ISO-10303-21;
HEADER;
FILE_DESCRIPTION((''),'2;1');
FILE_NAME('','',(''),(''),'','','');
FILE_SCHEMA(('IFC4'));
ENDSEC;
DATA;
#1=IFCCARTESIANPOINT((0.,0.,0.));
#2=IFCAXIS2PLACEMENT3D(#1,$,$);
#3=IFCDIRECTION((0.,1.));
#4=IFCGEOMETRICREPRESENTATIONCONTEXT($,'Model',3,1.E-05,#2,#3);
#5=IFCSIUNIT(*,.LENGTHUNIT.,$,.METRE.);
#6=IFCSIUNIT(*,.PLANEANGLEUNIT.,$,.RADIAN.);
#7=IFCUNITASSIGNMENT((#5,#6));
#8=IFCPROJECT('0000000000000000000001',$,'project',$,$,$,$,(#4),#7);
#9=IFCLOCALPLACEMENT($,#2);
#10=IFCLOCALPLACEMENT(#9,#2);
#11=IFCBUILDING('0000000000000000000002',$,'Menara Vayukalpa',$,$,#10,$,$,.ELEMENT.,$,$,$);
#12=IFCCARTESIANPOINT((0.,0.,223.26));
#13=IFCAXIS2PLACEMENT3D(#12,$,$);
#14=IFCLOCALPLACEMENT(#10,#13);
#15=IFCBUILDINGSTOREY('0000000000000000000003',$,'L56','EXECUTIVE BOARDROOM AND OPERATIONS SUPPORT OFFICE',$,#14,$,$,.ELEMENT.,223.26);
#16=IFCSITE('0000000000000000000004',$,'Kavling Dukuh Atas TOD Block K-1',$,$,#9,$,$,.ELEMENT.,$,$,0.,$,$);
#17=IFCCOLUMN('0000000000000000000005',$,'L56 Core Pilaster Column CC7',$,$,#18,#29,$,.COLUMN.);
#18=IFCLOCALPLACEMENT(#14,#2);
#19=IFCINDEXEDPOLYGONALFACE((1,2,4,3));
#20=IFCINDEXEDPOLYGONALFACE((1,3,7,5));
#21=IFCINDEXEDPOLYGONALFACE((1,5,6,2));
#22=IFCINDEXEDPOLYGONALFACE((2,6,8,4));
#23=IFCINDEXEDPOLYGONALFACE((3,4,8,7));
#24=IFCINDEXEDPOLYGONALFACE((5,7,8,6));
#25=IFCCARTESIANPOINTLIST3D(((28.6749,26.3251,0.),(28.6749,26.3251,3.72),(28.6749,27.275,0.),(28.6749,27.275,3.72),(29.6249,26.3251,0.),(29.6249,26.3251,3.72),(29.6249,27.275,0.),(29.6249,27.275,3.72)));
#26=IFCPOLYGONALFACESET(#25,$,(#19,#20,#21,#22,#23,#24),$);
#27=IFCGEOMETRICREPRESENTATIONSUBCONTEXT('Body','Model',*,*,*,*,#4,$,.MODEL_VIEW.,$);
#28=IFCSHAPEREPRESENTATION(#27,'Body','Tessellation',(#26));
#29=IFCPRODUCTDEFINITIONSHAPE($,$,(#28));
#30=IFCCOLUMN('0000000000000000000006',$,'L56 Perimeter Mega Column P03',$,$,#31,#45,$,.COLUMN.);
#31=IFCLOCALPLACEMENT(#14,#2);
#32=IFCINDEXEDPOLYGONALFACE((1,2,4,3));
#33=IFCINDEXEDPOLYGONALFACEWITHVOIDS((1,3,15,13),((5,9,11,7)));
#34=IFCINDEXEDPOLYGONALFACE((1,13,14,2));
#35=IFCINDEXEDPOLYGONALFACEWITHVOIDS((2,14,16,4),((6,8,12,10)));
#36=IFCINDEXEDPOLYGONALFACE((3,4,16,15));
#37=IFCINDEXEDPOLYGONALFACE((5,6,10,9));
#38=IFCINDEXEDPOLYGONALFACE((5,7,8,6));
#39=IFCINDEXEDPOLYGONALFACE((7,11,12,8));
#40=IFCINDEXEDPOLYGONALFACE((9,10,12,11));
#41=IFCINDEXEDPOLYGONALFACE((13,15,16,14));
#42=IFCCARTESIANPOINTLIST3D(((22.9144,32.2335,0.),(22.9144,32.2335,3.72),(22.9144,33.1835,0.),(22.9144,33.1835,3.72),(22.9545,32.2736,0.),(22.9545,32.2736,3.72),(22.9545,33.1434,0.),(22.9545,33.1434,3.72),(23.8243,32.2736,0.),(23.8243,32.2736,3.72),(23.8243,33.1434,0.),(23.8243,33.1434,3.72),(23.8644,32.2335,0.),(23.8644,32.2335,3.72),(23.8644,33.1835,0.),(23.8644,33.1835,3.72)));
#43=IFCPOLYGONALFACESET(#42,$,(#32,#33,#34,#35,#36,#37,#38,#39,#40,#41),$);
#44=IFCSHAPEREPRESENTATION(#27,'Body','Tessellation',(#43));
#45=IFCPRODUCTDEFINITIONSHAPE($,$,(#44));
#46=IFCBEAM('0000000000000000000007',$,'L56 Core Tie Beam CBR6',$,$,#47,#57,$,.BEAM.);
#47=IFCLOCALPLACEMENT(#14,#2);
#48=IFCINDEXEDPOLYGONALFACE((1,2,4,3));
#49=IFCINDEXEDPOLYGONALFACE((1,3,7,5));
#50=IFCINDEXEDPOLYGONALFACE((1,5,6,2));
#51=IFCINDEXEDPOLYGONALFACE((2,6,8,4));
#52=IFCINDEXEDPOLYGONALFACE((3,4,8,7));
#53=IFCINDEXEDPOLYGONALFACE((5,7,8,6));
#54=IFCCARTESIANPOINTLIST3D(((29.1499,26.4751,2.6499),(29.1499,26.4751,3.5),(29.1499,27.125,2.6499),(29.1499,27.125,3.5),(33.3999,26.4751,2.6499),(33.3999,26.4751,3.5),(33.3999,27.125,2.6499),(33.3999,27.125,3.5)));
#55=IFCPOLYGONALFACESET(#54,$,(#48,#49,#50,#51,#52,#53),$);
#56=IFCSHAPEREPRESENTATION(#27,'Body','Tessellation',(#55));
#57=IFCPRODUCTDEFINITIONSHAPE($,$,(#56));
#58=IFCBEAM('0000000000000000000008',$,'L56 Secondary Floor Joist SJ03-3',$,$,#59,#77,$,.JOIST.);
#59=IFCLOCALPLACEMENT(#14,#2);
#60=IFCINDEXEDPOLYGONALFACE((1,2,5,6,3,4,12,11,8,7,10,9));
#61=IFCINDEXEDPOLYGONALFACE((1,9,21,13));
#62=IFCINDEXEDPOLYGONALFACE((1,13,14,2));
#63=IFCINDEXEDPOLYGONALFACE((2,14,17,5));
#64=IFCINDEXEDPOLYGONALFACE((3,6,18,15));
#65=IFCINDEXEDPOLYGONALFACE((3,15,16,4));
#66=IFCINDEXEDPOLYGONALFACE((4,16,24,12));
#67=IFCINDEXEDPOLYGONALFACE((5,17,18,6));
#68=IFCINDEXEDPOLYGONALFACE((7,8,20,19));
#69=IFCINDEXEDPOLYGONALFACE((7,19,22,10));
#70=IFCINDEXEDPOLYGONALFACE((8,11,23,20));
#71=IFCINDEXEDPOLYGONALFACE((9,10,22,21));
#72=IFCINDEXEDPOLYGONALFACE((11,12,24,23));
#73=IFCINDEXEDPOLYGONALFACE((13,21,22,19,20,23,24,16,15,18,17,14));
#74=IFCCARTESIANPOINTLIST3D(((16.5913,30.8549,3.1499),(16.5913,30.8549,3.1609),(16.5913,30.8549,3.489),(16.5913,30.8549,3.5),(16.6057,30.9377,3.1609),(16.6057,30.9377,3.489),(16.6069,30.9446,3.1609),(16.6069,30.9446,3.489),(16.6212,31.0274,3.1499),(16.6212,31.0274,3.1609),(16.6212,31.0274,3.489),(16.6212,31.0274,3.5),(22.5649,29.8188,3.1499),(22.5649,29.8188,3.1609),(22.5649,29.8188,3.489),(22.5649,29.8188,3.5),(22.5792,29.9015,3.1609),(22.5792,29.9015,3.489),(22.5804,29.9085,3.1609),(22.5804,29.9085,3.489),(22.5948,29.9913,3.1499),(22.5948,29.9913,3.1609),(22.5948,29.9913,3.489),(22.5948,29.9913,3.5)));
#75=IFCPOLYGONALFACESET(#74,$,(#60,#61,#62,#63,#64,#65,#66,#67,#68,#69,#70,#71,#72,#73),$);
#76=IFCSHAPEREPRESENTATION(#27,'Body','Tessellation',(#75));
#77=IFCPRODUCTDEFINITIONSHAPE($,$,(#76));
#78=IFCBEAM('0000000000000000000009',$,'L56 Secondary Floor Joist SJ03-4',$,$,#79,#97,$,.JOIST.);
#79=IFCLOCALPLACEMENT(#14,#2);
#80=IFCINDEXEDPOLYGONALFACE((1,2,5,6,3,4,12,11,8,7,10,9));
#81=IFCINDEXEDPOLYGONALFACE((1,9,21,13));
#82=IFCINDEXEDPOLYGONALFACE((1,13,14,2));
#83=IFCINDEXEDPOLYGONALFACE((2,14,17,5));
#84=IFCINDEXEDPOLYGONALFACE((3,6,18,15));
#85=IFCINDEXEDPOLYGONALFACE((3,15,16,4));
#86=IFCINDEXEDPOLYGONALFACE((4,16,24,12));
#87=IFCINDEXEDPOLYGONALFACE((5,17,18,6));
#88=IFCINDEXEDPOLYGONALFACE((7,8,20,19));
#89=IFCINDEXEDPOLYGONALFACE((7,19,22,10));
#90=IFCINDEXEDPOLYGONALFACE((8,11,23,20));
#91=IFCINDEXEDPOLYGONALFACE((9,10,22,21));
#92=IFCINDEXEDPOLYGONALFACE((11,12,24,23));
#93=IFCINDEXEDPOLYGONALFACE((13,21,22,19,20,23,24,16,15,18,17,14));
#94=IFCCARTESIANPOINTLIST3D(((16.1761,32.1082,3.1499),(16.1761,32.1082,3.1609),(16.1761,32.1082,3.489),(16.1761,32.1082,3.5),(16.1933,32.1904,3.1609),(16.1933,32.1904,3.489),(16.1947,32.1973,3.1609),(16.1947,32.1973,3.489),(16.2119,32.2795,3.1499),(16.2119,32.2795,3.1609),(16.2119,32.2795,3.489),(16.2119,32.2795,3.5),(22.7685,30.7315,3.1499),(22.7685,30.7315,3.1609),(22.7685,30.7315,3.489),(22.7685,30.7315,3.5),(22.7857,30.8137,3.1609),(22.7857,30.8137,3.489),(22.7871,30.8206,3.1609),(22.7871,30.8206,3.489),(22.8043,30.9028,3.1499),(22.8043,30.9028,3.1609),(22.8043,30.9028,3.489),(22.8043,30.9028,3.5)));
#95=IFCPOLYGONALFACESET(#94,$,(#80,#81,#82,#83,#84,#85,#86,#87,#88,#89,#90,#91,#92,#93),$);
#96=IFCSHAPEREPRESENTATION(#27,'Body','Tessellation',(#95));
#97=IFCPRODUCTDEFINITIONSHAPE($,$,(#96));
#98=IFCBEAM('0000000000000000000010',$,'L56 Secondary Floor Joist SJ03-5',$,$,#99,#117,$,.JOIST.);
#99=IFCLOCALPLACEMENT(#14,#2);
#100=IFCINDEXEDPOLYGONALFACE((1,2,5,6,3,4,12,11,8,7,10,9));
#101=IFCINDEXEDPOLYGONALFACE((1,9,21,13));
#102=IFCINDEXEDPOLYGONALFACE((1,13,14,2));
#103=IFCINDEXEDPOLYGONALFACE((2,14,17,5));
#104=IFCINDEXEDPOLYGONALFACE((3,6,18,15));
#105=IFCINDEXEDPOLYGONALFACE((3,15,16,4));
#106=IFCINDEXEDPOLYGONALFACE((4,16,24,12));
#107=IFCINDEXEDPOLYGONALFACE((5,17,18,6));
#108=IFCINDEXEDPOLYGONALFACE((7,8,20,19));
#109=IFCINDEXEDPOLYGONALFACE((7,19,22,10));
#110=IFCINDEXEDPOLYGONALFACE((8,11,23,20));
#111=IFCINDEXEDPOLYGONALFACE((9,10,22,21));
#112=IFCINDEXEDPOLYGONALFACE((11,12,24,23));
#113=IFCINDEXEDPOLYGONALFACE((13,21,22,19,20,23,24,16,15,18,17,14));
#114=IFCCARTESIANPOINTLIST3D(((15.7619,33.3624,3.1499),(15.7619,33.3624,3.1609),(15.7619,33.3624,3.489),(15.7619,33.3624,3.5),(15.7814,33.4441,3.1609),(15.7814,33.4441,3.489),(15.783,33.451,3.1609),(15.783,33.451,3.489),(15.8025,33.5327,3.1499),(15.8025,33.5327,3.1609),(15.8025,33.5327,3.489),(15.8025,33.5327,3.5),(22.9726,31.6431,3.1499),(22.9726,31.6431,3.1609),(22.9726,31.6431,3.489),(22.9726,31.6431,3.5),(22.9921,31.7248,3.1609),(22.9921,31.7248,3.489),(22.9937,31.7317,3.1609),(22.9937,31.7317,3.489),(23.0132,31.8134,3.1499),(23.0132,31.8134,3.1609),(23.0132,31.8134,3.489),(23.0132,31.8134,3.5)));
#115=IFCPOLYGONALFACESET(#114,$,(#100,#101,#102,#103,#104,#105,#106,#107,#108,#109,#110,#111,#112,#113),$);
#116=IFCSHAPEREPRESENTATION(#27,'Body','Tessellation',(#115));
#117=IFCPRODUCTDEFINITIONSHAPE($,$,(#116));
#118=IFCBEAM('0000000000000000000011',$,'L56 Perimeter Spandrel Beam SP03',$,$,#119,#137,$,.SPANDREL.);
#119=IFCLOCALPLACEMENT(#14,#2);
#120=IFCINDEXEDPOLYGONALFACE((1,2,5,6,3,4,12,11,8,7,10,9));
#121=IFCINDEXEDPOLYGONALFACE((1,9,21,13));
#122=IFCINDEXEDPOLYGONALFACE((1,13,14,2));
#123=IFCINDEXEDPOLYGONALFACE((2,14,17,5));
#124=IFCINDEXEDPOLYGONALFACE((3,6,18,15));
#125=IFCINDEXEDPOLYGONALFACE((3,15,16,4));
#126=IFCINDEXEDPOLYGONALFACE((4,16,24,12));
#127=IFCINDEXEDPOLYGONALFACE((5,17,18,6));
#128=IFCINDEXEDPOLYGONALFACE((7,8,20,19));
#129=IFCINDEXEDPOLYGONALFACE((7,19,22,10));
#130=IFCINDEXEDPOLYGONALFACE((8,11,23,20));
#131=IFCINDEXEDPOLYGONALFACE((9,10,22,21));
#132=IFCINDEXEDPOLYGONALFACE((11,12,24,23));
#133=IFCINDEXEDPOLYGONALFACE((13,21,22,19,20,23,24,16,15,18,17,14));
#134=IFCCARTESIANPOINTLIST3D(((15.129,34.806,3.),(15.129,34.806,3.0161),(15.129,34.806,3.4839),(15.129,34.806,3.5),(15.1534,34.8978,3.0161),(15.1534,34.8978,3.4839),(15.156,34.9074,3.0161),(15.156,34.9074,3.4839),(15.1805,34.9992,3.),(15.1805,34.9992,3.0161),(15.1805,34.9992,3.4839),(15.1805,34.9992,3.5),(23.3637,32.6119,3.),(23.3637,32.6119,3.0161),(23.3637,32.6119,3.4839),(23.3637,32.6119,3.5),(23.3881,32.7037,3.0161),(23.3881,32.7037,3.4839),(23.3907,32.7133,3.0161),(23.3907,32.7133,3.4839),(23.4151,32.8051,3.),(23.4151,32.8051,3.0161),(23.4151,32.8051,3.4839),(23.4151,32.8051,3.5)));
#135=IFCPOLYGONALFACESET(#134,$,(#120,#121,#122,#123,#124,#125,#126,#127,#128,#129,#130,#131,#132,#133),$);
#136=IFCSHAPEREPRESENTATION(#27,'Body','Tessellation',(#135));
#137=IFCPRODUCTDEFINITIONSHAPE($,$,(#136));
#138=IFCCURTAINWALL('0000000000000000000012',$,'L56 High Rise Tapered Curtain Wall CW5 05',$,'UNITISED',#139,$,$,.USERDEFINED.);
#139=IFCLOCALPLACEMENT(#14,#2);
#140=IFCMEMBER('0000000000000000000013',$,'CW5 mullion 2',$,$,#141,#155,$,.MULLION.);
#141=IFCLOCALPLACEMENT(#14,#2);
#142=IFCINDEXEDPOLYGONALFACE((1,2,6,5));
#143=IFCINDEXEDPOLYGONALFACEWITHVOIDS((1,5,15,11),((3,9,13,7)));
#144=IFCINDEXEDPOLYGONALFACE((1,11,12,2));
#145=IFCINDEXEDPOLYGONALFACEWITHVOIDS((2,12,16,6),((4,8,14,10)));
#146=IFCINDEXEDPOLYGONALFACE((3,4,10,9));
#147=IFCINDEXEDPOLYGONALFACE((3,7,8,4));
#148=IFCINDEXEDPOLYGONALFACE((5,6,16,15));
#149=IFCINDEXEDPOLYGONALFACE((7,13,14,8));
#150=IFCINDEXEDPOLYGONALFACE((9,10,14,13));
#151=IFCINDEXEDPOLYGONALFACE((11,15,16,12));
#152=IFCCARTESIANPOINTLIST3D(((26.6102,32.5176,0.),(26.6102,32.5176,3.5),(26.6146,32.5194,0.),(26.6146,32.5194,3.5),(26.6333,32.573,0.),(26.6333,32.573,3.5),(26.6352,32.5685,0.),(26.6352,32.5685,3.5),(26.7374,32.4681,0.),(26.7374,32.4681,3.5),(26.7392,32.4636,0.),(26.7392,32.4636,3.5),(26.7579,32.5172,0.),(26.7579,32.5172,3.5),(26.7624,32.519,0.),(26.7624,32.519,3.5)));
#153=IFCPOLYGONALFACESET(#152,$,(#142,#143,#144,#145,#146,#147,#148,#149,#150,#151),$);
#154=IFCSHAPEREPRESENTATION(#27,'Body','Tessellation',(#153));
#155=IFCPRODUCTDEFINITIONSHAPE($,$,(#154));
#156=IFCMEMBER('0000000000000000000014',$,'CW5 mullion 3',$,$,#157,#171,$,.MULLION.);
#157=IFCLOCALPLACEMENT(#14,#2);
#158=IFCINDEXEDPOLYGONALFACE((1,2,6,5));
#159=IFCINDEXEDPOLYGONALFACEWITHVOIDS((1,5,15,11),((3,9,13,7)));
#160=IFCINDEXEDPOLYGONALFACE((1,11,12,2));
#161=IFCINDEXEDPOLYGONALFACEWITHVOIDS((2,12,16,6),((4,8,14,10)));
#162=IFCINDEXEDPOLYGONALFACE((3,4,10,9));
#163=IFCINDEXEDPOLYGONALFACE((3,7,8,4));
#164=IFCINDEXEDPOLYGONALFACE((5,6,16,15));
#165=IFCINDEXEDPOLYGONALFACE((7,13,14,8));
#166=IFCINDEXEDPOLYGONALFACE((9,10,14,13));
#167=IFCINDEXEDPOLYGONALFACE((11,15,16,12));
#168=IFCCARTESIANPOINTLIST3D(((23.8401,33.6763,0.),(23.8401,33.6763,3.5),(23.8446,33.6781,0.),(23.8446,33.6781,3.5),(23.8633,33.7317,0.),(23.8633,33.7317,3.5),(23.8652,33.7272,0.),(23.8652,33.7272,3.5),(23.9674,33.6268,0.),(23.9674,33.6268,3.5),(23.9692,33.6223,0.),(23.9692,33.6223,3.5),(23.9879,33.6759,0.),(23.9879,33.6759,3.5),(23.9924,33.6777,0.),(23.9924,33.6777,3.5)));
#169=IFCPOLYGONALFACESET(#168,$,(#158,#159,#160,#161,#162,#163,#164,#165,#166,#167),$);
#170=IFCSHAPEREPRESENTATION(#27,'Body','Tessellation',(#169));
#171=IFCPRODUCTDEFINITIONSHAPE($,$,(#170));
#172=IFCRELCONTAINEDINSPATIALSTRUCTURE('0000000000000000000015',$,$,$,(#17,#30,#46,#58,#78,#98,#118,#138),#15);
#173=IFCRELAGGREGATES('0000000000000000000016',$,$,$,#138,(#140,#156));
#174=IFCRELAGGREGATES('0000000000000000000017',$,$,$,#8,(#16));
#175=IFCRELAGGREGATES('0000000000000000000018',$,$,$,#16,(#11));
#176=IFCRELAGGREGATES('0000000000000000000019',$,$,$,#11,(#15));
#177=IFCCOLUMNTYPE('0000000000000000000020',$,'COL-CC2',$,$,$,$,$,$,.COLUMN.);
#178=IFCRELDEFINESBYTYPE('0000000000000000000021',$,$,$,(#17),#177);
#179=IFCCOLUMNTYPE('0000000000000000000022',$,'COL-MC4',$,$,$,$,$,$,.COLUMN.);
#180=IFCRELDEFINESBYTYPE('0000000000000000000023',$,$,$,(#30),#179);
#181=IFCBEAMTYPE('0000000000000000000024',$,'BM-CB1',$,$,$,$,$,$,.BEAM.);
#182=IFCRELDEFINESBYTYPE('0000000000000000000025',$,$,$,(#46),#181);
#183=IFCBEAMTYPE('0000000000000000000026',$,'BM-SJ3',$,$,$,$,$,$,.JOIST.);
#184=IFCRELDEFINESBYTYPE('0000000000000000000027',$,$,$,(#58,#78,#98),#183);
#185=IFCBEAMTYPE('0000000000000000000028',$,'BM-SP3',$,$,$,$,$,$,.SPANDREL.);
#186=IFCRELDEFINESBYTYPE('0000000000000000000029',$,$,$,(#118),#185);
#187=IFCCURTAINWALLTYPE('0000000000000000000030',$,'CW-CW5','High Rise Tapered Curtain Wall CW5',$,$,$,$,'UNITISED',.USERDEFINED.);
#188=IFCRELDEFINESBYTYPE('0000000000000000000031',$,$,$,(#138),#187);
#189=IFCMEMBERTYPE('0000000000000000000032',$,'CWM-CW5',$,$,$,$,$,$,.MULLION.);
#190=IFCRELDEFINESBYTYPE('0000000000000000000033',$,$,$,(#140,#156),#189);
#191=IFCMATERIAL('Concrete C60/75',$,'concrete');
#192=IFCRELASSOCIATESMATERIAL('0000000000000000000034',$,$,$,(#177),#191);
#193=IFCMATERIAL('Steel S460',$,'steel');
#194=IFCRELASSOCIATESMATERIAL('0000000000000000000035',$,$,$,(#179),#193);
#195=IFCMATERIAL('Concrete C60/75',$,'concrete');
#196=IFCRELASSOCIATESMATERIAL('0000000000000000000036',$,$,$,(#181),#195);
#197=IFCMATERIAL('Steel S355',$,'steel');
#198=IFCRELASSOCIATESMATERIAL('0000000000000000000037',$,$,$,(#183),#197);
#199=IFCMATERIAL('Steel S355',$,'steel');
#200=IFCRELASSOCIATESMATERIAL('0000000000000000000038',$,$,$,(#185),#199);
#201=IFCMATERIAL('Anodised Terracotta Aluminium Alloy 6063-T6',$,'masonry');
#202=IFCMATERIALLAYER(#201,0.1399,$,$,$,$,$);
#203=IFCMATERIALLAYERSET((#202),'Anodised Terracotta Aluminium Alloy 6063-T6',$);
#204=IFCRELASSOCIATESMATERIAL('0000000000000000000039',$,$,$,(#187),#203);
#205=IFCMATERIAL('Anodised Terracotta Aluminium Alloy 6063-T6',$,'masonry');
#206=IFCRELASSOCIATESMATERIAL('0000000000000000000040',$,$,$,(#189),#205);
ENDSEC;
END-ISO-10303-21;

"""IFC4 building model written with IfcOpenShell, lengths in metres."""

from ifc_helpers import new_model, si_unit, direction, frame, origin, origin_2d, place, context, subcontext, project, spatial, rectangle, hollow_rectangle, i_section, extrude, material, layer, layer_set, material_profile, profile_set, type_object, element, aggregate, save


model = new_model("IFC4")

# Units and contexts
model_context = context("Model", 3, precision=1e-05, world=origin(), true_north=direction((0.0, 1.0)))
body_context = subcontext(model_context, "Body", "Model", "MODEL_VIEW")
ifc_project = project(units=[si_unit("LENGTHUNIT", "METRE"), si_unit("PLANEANGLEUNIT", "RADIAN")], contexts=[model_context])

# Site, building, storey
site_placement = place(None, origin())
site = spatial("IfcSite", under=ifc_project, at=site_placement, Name="Kavling Dukuh Atas TOD Block K-1", CompositionType="ELEMENT", RefElevation=0.0)
building_placement = place(site_placement, origin())
building = spatial("IfcBuilding", under=site, at=building_placement, Name="Menara Vayukalpa", CompositionType="ELEMENT")
storey_placement = place(building_placement, frame((0.0, 0.0, 223.26)))
storey = spatial("IfcBuildingStorey", under=building, at=storey_placement, Name="L56", Description="EXECUTIVE BOARDROOM AND OPERATIONS SUPPORT OFFICE", CompositionType="ELEMENT", Elevation=223.26)

# Columns
ifc_material_1 = material(Name="Concrete C60/75", Category="concrete")
ifc_material_profile_1 = material_profile(ifc_material_1, rectangle(XDim=0.95, YDim=0.95, at=origin_2d()), Name="RC 950x950")
ifc_profile_set_1 = profile_set([ifc_material_profile_1], Name="Concrete C60/75")
column_type_1 = type_object("IfcColumnType", Name="COL-CC2", PredefinedType="COLUMN", material=ifc_profile_set_1)
column_1_placement = place(storey_placement, frame((29.1499, 26.8, 0.0), z_axis=(0.0, 0.0, 1.0), x_axis=(1.0, 0.0, 0.0)))
element("IfcColumn", 1, at=column_1_placement, inside=storey, type_object=column_type_1, Name="L56 Core Pilaster Column CC7", PredefinedType="COLUMN", context=body_context, shape_type="SweptSolid", body=[
    extrude(rectangle(XDim=0.95, YDim=0.95, at=origin_2d()), origin(), (0.0, 0.0, 1.0), 3.72),
])
ifc_material_2 = material(Name="Steel S460", Category="steel")
ifc_material_profile_2 = material_profile(ifc_material_2, hollow_rectangle(XDim=0.95, YDim=0.95, WallThickness=0.04, at=origin_2d()), Name="BOX 950x950x40")
ifc_profile_set_2 = profile_set([ifc_material_profile_2], Name="Steel S460")
column_type_2 = type_object("IfcColumnType", Name="COL-MC4", PredefinedType="COLUMN", material=ifc_profile_set_2)
column_2_placement = place(storey_placement, frame((23.3894, 32.7085, 0.0), z_axis=(0.0, 0.0, 1.0), x_axis=(1.0, 0.0, 0.0)))
element("IfcColumn", 2, at=column_2_placement, inside=storey, type_object=column_type_2, Name="L56 Perimeter Mega Column P03", PredefinedType="COLUMN", context=body_context, shape_type="SweptSolid", body=[
    extrude(hollow_rectangle(XDim=0.95, YDim=0.95, WallThickness=0.04, at=origin_2d()), origin(), (0.0, 0.0, 1.0), 3.72),
])

# Beams
ifc_material_3 = material(Name="Concrete C60/75", Category="concrete")
ifc_material_profile_3 = material_profile(ifc_material_3, rectangle(XDim=0.6499, YDim=0.8501, at=origin_2d()), Name="RC 650x850")
ifc_profile_set_3 = profile_set([ifc_material_profile_3], Name="Concrete C60/75")
beam_type_1 = type_object("IfcBeamType", Name="BM-CB1", PredefinedType="BEAM", material=ifc_profile_set_3)
beam_1_placement = place(storey_placement, frame((29.1499, 26.8, 3.075), z_axis=(1.0, 0.0, 0.0), x_axis=(0.0, 1.0, 0.0)))
element("IfcBeam", 3, at=beam_1_placement, inside=storey, type_object=beam_type_1, Name="L56 Core Tie Beam CBR6", PredefinedType="BEAM", context=body_context, shape_type="SweptSolid", body=[
    extrude(rectangle(XDim=0.6499, YDim=0.8501, at=origin_2d()), origin(), (0.0, 0.0, 1.0), 4.25),
])
ifc_material_4 = material(Name="Steel S355", Category="steel")
ifc_material_profile_4 = material_profile(ifc_material_4, i_section(OverallWidth=0.175, OverallDepth=0.3501, WebThickness=0.0071, FlangeThickness=0.011, at=origin_2d()), Name="WF 350x175x7x11")
ifc_profile_set_4 = profile_set([ifc_material_profile_4], Name="Steel S355")
beam_type_2 = type_object("IfcBeamType", Name="BM-SJ3", PredefinedType="JOIST", material=ifc_profile_set_4)
beam_2_placement = place(storey_placement, frame((22.5798, 29.905, 3.325), z_axis=(-0.985288, 0.170899, 0.0), x_axis=(-0.170899, -0.985288, 0.0)))
element("IfcBeam", 4, at=beam_2_placement, inside=storey, type_object=beam_type_2, Name="L56 Secondary Floor Joist SJ03-3", PredefinedType="JOIST", context=body_context, shape_type="SweptSolid", body=[
    extrude(i_section(OverallWidth=0.175, OverallDepth=0.3501, WebThickness=0.0071, FlangeThickness=0.011, at=origin_2d()), origin(), (0.0, 0.0, 1.0), 6.0627),
])
beam_3_placement = place(storey_placement, frame((22.7864, 30.8171, 3.325), z_axis=(-0.978882, 0.204426, 0.0), x_axis=(-0.204426, -0.978882, 0.0)))
element("IfcBeam", 5, at=beam_3_placement, inside=storey, type_object=beam_type_2, Name="L56 Secondary Floor Joist SJ03-4", PredefinedType="JOIST", context=body_context, shape_type="SweptSolid", body=[
    extrude(i_section(OverallWidth=0.175, OverallDepth=0.3501, WebThickness=0.0071, FlangeThickness=0.011, at=origin_2d()), origin(), (0.0, 0.0, 1.0), 6.7346),
])
beam_4_placement = place(storey_placement, frame((22.9929, 31.7283, 3.325), z_axis=(-0.972733, 0.231928, 0.0), x_axis=(-0.231928, -0.972733, 0.0)))
element("IfcBeam", 6, at=beam_4_placement, inside=storey, type_object=beam_type_2, Name="L56 Secondary Floor Joist SJ03-5", PredefinedType="JOIST", context=body_context, shape_type="SweptSolid", body=[
    extrude(i_section(OverallWidth=0.175, OverallDepth=0.3501, WebThickness=0.0071, FlangeThickness=0.011, at=origin_2d()), origin(), (0.0, 0.0, 1.0), 7.4128),
])
ifc_material_5 = material(Name="Steel S355", Category="steel")
ifc_material_profile_5 = material_profile(ifc_material_5, i_section(OverallWidth=0.2, OverallDepth=0.5, WebThickness=0.01, FlangeThickness=0.0161, at=origin_2d()), Name="WF 500x200x10x16")
ifc_profile_set_5 = profile_set([ifc_material_profile_5], Name="Steel S355")
beam_type_3 = type_object("IfcBeamType", Name="BM-SP3", PredefinedType="SPANDREL", material=ifc_profile_set_5)
beam_5_placement = place(storey_placement, frame((23.3894, 32.7085, 3.25), z_axis=(-0.966288, 0.257465, 0.0), x_axis=(-0.257465, -0.966288, 0.0)))
element("IfcBeam", 7, at=beam_5_placement, inside=storey, type_object=beam_type_3, Name="L56 Perimeter Spandrel Beam SP03", PredefinedType="SPANDREL", context=body_context, shape_type="SweptSolid", body=[
    extrude(i_section(OverallWidth=0.2, OverallDepth=0.5, WebThickness=0.01, FlangeThickness=0.0161, at=origin_2d()), origin(), (0.0, 0.0, 1.0), 8.522),
])

# Curtain wall, members
ifc_material_6 = material(Name="Anodised Terracotta Aluminium Alloy 6063-T6", Category="masonry")
ifc_layer_1 = layer(ifc_material_6, 0.1399)
ifc_layer_set_1 = layer_set([ifc_layer_1], Name="Anodised Terracotta Aluminium Alloy 6063-T6")
curtain_wall_type = type_object("IfcCurtainWallType", Name="CW-CW5", Description="High Rise Tapered Curtain Wall CW5", ElementType="UNITISED", PredefinedType="USERDEFINED", material=ifc_layer_set_1)
curtain_wall_placement = place(storey_placement, origin())
curtain_wall = element("IfcCurtainWall", 8, at=curtain_wall_placement, inside=storey, type_object=curtain_wall_type, Name="L56 High Rise Tapered Curtain Wall CW5 05", ObjectType="UNITISED", PredefinedType="USERDEFINED")
ifc_material_7 = material(Name="Anodised Terracotta Aluminium Alloy 6063-T6", Category="masonry")
ifc_material_profile_6 = material_profile(ifc_material_7, hollow_rectangle(XDim=0.0601, YDim=0.1399, WallThickness=0.0034, at=origin_2d()), Name="ALU 60x140x3.5")
ifc_profile_set_6 = profile_set([ifc_material_profile_6], Name="Anodised Terracotta Aluminium Alloy 6063-T6")
member_type_1 = type_object("IfcMemberType", Name="CWM-CW5", PredefinedType="MULLION", material=ifc_profile_set_6)
member_1_placement = place(storey_placement, frame((26.6863, 32.5183, 0.0), z_axis=(0.0, 0.0, 1.0), x_axis=(-0.385903, -0.922539, 0.0)))
member_1 = element("IfcMember", 9, at=member_1_placement, type_object=member_type_1, Name="CW5 mullion 2", PredefinedType="MULLION", context=body_context, shape_type="SweptSolid", body=[
    extrude(hollow_rectangle(XDim=0.0601, YDim=0.1399, WallThickness=0.0034, at=origin_2d()), origin(), (0.0, 0.0, 1.0), 3.5),
])
member_2_placement = place(storey_placement, frame((23.9163, 33.677, 0.0), z_axis=(0.0, 0.0, 1.0), x_axis=(-0.385903, -0.922539, 0.0)))
member_2 = element("IfcMember", 10, at=member_2_placement, type_object=member_type_1, Name="CW5 mullion 3", PredefinedType="MULLION", context=body_context, shape_type="SweptSolid", body=[
    extrude(hollow_rectangle(XDim=0.0601, YDim=0.1399, WallThickness=0.0034, at=origin_2d()), origin(), (0.0, 0.0, 1.0), 3.5),
])
aggregate(curtain_wall, [member_1, member_2])

save(model, "model.ifc")
